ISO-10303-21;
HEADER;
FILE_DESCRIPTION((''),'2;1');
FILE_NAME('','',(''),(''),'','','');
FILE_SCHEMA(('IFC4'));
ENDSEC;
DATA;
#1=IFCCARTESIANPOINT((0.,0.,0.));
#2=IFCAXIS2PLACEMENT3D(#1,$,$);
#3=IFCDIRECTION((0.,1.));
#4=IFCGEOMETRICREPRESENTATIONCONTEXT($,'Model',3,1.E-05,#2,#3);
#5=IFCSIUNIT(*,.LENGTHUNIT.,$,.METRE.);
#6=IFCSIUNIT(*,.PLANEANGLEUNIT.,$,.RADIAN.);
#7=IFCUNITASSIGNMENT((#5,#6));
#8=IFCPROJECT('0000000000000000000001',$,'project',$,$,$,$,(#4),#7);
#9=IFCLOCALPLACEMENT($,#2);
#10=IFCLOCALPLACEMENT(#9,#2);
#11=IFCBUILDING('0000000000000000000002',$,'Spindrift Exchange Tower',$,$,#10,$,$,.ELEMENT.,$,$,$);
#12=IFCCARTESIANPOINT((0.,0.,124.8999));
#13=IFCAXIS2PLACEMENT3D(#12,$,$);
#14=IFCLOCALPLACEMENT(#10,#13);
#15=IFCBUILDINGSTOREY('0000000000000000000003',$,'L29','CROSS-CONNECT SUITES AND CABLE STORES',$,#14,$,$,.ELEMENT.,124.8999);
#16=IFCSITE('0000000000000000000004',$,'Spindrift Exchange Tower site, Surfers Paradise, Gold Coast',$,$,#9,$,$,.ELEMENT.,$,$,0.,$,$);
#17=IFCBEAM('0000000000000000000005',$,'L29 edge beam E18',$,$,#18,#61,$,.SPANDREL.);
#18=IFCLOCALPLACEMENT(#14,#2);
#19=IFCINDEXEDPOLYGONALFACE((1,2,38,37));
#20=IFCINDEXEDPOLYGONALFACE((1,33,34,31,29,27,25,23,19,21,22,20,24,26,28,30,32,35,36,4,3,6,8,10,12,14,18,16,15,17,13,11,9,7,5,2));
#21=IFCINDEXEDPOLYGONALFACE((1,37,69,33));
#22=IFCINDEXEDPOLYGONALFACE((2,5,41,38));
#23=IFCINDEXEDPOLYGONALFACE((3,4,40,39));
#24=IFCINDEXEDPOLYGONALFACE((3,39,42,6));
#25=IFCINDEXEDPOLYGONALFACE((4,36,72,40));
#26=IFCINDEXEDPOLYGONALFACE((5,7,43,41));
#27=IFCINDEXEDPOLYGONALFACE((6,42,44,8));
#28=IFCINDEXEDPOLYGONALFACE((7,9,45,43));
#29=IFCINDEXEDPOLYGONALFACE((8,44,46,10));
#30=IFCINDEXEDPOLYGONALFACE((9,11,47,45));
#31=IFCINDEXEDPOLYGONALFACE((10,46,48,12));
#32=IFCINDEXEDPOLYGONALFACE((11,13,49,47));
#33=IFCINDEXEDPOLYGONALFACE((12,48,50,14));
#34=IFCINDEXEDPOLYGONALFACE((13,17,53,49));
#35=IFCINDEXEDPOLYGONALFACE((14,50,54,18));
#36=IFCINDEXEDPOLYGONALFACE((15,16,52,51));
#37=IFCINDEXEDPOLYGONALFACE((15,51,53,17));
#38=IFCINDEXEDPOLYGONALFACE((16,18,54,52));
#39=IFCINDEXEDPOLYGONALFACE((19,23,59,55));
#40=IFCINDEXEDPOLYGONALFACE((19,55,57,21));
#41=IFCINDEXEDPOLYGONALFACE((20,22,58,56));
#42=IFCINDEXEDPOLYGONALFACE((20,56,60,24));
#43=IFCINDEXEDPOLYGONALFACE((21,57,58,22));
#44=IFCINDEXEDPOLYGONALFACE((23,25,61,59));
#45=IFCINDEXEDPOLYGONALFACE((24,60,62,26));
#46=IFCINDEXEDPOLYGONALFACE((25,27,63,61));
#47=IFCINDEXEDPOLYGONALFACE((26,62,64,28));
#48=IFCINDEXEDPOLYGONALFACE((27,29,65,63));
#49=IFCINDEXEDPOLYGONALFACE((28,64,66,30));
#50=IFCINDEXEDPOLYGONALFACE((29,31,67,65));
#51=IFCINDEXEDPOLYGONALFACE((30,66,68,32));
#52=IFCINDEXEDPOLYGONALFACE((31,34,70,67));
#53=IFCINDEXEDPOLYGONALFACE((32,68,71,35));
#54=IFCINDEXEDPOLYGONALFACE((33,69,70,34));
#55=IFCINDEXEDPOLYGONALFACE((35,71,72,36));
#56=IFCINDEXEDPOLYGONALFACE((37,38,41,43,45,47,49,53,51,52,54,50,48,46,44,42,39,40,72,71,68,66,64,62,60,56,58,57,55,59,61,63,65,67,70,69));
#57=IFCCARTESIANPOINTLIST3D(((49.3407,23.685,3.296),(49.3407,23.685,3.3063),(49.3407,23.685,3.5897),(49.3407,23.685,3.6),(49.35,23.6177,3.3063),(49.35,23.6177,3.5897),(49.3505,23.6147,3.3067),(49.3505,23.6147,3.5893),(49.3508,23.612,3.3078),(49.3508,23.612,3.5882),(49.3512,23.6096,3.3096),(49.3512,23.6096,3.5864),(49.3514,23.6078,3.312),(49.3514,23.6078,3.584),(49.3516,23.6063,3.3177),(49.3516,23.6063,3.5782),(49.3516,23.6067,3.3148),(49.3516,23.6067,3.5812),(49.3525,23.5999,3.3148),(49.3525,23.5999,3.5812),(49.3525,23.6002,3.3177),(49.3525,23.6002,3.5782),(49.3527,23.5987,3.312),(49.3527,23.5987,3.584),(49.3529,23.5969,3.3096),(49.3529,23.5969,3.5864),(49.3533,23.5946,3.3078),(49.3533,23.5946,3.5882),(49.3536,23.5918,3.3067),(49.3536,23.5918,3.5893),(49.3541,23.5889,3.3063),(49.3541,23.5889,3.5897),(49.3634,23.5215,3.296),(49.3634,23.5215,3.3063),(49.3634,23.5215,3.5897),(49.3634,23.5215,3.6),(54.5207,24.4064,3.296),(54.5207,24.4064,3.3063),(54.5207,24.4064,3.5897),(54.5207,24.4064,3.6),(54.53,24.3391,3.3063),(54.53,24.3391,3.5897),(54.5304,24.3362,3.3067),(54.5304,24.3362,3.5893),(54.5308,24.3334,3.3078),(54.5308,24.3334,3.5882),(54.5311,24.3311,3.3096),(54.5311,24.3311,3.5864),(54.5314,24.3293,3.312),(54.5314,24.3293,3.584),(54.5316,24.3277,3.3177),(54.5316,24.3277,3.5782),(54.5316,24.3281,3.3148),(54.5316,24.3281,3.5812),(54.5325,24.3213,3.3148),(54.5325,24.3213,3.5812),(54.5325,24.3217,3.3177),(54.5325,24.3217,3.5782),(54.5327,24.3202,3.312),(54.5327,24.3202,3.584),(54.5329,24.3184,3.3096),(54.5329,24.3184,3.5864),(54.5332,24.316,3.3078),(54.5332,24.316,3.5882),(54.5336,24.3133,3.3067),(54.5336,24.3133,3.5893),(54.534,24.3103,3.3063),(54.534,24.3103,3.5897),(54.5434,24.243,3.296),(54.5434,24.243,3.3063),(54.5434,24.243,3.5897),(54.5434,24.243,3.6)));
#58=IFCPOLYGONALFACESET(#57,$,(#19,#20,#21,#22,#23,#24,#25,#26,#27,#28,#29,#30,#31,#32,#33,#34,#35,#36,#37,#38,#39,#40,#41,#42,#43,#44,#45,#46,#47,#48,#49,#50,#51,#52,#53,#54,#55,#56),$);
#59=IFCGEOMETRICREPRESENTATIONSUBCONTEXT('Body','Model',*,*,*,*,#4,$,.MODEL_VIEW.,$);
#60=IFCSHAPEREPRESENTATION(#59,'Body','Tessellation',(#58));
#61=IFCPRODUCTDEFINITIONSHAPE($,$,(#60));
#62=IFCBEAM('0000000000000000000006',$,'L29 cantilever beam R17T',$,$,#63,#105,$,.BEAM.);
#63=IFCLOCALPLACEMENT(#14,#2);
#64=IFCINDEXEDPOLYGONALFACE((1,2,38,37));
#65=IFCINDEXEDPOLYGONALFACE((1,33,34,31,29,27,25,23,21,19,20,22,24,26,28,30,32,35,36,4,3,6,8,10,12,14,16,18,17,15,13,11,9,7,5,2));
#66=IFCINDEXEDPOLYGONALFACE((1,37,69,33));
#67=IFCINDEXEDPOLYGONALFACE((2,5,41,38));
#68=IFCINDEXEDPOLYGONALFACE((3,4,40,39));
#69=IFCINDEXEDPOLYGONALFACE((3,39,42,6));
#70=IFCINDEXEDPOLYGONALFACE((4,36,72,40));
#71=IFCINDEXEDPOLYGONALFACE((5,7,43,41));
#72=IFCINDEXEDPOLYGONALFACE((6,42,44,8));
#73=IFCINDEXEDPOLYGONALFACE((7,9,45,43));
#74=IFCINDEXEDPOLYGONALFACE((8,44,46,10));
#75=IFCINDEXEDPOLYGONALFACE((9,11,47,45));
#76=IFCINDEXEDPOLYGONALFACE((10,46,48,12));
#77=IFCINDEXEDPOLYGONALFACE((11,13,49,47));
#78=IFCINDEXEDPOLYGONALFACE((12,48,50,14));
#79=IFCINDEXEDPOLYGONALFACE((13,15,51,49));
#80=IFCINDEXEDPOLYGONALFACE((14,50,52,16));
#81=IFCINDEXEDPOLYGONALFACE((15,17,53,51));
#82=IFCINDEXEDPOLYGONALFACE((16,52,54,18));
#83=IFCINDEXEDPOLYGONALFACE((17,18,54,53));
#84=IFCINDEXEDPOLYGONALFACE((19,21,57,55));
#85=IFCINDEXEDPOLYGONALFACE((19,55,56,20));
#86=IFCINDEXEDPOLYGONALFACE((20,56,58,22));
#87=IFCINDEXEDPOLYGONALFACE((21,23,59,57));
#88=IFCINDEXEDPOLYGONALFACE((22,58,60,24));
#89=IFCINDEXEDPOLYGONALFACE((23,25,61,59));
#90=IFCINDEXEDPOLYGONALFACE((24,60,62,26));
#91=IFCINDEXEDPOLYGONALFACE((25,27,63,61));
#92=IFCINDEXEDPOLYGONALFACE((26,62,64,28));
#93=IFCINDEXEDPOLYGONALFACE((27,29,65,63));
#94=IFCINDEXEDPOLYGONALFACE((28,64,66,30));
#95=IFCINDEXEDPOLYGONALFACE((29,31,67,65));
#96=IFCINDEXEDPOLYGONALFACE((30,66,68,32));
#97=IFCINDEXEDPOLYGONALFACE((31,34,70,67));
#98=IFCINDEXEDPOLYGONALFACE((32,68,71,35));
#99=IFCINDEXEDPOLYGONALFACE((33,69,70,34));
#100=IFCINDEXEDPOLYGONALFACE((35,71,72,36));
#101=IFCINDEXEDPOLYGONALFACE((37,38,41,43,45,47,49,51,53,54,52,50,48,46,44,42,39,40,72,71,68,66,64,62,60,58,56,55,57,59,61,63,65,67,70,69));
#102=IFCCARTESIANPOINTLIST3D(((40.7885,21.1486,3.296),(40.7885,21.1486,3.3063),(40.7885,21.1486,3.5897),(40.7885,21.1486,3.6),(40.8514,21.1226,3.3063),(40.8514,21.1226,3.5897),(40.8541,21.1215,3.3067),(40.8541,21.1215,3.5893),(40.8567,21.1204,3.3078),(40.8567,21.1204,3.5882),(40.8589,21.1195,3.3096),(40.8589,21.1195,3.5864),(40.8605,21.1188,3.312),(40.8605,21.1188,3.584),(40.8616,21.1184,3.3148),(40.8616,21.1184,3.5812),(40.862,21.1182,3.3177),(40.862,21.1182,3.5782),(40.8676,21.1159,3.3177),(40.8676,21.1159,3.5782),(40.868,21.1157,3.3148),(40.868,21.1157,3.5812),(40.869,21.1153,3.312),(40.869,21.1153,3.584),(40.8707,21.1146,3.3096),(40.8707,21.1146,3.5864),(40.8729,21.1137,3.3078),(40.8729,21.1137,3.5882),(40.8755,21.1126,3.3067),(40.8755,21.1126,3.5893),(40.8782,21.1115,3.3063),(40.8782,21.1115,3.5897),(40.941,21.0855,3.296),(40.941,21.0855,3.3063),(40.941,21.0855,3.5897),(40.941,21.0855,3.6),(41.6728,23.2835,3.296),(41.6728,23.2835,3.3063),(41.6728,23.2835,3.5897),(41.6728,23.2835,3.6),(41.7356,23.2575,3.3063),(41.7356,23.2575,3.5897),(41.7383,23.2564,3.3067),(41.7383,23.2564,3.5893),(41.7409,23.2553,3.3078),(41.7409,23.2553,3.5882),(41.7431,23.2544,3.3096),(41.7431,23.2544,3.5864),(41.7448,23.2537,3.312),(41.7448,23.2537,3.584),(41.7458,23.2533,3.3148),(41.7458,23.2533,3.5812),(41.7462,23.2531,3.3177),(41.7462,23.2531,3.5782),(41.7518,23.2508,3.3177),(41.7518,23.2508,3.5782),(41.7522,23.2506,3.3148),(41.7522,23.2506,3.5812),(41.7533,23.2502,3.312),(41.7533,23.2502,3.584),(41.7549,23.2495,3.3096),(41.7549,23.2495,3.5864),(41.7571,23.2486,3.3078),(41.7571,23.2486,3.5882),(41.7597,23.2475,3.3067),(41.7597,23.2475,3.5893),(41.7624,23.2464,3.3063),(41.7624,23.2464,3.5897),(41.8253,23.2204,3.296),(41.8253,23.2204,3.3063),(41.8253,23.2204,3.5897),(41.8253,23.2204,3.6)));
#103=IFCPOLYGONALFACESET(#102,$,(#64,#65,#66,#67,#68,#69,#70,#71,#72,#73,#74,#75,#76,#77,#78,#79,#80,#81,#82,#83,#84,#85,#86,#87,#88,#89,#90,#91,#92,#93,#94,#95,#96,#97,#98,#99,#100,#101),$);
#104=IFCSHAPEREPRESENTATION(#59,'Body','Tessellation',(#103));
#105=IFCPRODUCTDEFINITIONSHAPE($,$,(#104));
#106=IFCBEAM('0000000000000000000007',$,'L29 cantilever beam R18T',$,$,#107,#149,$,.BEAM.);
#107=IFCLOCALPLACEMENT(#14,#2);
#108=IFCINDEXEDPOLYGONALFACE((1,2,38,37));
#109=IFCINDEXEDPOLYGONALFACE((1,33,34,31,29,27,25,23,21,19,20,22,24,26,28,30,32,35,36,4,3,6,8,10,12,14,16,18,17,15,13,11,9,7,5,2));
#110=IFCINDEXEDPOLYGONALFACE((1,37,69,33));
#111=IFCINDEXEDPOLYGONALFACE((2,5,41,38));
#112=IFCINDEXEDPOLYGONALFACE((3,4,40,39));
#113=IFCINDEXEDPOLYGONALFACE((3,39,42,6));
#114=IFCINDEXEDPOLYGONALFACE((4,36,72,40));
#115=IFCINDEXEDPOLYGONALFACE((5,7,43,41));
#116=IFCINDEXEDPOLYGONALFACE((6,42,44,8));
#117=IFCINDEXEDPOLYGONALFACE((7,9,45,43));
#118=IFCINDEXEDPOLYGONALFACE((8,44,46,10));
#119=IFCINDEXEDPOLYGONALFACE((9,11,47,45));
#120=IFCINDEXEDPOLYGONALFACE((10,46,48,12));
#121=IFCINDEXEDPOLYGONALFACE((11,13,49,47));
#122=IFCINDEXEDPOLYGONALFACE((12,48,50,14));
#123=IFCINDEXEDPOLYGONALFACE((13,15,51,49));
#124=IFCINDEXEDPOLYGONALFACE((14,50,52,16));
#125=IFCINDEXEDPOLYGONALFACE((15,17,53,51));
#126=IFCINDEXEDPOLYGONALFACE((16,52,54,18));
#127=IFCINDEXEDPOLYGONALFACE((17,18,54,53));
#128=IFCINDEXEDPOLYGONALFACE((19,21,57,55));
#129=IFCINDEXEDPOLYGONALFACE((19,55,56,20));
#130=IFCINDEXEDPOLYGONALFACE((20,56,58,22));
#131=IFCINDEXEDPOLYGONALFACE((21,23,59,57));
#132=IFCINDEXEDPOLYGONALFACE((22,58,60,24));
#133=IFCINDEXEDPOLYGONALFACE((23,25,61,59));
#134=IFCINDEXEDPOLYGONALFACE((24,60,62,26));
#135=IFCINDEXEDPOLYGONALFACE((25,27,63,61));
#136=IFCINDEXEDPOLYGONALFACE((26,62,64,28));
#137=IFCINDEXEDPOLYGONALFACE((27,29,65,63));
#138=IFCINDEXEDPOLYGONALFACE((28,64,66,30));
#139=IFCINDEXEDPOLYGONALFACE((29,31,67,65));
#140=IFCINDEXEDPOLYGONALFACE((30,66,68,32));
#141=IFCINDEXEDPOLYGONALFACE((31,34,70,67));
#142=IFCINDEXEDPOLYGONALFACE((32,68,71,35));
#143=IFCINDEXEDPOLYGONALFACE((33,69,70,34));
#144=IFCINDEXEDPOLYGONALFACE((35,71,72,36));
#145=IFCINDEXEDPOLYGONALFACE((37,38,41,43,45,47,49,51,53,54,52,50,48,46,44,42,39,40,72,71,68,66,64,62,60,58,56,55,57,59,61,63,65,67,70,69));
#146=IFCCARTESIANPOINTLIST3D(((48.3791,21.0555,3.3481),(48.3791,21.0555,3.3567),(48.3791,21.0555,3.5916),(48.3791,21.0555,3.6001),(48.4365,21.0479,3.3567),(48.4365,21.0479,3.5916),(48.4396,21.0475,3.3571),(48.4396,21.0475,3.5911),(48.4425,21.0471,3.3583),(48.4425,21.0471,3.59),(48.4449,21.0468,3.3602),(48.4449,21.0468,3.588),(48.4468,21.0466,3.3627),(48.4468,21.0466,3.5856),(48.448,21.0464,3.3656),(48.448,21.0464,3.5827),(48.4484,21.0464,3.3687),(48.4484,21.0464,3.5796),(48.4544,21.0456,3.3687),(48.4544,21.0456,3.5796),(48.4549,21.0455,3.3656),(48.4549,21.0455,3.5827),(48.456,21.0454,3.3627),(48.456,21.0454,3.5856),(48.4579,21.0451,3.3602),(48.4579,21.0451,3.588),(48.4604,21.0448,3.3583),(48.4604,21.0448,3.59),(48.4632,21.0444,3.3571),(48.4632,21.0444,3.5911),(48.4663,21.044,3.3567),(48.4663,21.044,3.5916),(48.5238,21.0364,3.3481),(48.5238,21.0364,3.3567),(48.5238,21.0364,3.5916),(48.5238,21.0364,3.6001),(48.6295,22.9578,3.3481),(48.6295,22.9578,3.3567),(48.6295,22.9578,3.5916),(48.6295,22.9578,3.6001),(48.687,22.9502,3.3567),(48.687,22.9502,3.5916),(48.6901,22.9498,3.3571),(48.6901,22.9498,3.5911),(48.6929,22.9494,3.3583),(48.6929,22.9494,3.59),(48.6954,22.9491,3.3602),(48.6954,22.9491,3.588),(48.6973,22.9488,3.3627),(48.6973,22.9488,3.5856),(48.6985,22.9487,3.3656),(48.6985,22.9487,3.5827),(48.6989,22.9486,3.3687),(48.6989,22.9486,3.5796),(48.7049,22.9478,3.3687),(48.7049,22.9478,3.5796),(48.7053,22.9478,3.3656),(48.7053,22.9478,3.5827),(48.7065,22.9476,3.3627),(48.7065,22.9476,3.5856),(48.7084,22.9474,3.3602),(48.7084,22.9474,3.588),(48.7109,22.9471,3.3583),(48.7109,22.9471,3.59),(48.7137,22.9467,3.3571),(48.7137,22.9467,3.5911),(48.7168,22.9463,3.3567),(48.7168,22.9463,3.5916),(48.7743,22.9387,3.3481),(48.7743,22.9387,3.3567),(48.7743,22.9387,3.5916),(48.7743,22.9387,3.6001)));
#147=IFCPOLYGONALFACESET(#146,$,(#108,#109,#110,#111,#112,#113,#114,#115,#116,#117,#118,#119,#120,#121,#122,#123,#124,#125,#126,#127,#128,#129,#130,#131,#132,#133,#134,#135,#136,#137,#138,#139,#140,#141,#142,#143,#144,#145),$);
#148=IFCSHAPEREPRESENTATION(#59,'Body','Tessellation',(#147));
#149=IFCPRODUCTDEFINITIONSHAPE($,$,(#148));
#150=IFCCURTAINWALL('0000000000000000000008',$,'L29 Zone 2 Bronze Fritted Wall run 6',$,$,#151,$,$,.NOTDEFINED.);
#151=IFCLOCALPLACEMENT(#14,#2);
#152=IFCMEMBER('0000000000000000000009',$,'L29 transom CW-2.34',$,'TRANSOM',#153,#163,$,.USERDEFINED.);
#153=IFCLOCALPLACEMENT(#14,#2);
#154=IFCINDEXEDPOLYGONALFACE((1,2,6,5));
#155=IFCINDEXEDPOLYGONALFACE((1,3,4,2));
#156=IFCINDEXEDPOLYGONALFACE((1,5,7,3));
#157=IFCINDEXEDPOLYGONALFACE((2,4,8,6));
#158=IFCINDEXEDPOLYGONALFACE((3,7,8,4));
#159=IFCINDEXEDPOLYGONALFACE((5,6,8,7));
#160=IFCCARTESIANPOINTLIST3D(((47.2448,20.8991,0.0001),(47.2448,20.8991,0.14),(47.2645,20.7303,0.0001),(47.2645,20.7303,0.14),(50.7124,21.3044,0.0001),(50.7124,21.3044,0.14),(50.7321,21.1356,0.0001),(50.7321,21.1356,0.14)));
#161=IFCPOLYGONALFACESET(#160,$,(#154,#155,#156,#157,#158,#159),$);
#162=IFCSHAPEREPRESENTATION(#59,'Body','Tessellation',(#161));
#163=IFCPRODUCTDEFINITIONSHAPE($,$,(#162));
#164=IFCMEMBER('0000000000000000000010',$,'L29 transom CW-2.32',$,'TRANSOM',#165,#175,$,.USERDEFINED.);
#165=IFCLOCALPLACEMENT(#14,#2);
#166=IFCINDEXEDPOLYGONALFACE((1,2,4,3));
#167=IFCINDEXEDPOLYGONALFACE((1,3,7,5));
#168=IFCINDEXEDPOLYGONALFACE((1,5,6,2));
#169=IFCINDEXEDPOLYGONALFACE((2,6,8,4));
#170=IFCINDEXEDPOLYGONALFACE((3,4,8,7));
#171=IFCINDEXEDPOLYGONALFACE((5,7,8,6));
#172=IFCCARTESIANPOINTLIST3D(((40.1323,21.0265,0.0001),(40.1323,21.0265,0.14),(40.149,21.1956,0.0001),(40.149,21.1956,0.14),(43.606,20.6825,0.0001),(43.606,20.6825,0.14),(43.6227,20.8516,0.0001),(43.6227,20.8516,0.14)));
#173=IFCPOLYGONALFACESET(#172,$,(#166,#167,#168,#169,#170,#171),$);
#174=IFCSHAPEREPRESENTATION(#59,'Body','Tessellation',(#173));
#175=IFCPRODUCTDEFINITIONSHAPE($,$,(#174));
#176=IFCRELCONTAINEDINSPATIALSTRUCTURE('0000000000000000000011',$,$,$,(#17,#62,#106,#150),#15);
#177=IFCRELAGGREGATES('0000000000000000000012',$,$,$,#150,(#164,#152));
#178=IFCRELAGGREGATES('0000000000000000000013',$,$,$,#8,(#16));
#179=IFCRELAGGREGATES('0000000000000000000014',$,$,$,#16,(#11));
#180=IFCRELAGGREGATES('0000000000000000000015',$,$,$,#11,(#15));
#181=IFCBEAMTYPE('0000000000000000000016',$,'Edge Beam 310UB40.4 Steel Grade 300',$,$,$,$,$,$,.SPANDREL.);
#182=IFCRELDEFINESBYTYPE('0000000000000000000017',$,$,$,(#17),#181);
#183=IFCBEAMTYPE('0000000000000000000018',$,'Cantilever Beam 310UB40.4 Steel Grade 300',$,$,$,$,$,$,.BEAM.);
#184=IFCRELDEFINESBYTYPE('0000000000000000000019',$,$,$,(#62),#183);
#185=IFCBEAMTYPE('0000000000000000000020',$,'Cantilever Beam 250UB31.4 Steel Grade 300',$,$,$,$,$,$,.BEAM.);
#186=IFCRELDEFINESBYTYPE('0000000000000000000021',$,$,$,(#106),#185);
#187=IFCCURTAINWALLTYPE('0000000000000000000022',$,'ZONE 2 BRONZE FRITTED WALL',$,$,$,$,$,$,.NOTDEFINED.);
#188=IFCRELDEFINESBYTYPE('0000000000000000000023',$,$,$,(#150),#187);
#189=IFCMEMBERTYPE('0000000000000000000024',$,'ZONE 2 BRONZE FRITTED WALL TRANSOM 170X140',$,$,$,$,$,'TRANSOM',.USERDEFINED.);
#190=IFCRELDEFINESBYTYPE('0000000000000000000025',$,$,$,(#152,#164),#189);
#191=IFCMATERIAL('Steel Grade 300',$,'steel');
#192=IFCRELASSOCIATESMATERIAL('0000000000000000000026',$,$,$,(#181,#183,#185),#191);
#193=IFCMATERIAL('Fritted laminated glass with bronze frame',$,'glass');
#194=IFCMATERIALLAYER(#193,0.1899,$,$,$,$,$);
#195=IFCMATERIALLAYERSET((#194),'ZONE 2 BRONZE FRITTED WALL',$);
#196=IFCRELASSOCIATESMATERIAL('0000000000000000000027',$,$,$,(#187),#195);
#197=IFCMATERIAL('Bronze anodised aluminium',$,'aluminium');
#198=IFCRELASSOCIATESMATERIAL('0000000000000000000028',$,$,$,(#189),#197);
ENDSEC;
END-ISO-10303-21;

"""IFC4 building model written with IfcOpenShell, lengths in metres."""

from ifc_helpers import new_model, si_unit, direction, frame, origin, origin_2d, place, context, subcontext, project, spatial, rectangle, i_section, extrude, source, transform, mapped, material, layer, layer_set, material_profile, profile_set, type_object, element, aggregate, save


model = new_model("IFC4")

# Units and contexts
model_context = context("Model", 3, precision=1e-05, world=origin(), true_north=direction((0.0, 1.0)))
body_context = subcontext(model_context, "Body", "Model", "MODEL_VIEW")
ifc_project = project(units=[si_unit("LENGTHUNIT", "METRE"), si_unit("PLANEANGLEUNIT", "RADIAN")], contexts=[model_context])

# Site, building, storey
site_placement = place(None, origin())
site = spatial("IfcSite", under=ifc_project, at=site_placement, Name="Spindrift Exchange Tower site, Surfers Paradise, Gold Coast", CompositionType="ELEMENT", RefElevation=0.0)
building_placement = place(site_placement, origin())
building = spatial("IfcBuilding", under=site, at=building_placement, Name="Spindrift Exchange Tower", CompositionType="ELEMENT")
storey_placement = place(building_placement, frame((0.0, 0.0, 124.8999)))
storey = spatial("IfcBuildingStorey", under=building, at=storey_placement, Name="L29", Description="CROSS-CONNECT SUITES AND CABLE STORES", CompositionType="ELEMENT", Elevation=124.8999)

# Beams
ifc_material_1 = material(Name="Steel Grade 300", Category="steel")
ifc_material_profile_1 = material_profile(ifc_material_1, i_section(OverallWidth=0.165, OverallDepth=0.304, WebThickness=0.0061, FlangeThickness=0.0103, FilletRadius=0.0115, at=origin_2d()), Name="310UB40.4")
ifc_profile_set_1 = profile_set([ifc_material_profile_1], Name="Steel Grade 300")
beam_type_1 = type_object("IfcBeamType", Name="Edge Beam 310UB40.4 Steel Grade 300", PredefinedType="SPANDREL", material=ifc_profile_set_1)
shared_shape_1 = source(origin(), body_context, "Body", "SweptSolid", [
    extrude(i_section(OverallWidth=0.165, OverallDepth=0.304, WebThickness=0.0061, FlangeThickness=0.0103, FilletRadius=0.0115, at=origin_2d()), origin(), (0.0, 0.0, 1.0), 5.23),
])
beam_1_placement = place(storey_placement, frame((49.3521, 23.6033, 3.448), z_axis=(0.99044, 0.137944, 0.0), x_axis=(-0.137944, 0.99044, 0.0)))
element("IfcBeam", 1, at=beam_1_placement, inside=storey, type_object=beam_type_1, Name="L29 edge beam E18", PredefinedType="SPANDREL", context=body_context, shape_type="MappedRepresentation", body=[
    mapped(shared_shape_1, transform((0.0, 0.0, 0.0), scale=1.0)),
])
ifc_material_profile_2 = material_profile(ifc_material_1, i_section(OverallWidth=0.165, OverallDepth=0.304, WebThickness=0.0061, FlangeThickness=0.0103, FilletRadius=0.0115, at=origin_2d()), Name="310UB40.4")
ifc_profile_set_2 = profile_set([ifc_material_profile_2], Name="Steel Grade 300")
beam_type_2 = type_object("IfcBeamType", Name="Cantilever Beam 310UB40.4 Steel Grade 300", PredefinedType="BEAM", material=ifc_profile_set_2)
shared_shape_2 = source(origin(), body_context, "Body", "SweptSolid", [
    extrude(i_section(OverallWidth=0.165, OverallDepth=0.304, WebThickness=0.0061, FlangeThickness=0.0103, FilletRadius=0.0115, at=origin_2d()), origin(), (0.0, 0.0, 1.0), 2.3108),
])
beam_2_placement = place(storey_placement, frame((41.749, 23.252, 3.448), z_axis=(-0.382657, -0.923891, 0.0), x_axis=(0.923891, -0.382657, 0.0)))
element("IfcBeam", 2, at=beam_2_placement, inside=storey, type_object=beam_type_2, Name="L29 cantilever beam R17T", PredefinedType="BEAM", context=body_context, shape_type="MappedRepresentation", body=[
    mapped(shared_shape_2, transform((0.0, 0.0, 0.0), scale=1.0)),
])
ifc_material_profile_3 = material_profile(ifc_material_1, i_section(OverallWidth=0.146, OverallDepth=0.252, WebThickness=0.0061, FlangeThickness=0.0085, FilletRadius=0.012, at=origin_2d()), Name="250UB31.4")
ifc_profile_set_3 = profile_set([ifc_material_profile_3], Name="Steel Grade 300")
beam_type_3 = type_object("IfcBeamType", Name="Cantilever Beam 250UB31.4 Steel Grade 300", PredefinedType="BEAM", material=ifc_profile_set_3)
shared_shape_3 = source(origin(), body_context, "Body", "SweptSolid", [
    extrude(i_section(OverallWidth=0.146, OverallDepth=0.252, WebThickness=0.0061, FlangeThickness=0.0085, FilletRadius=0.012, at=origin_2d()), origin(), (0.0, 0.0, 1.0), 1.9187),
])
beam_3_placement = place(storey_placement, frame((48.7019, 22.9482, 3.4741), z_axis=(-0.130547, -0.991442, 0.0), x_axis=(0.991442, -0.130547, 0.0)))
element("IfcBeam", 3, at=beam_3_placement, inside=storey, type_object=beam_type_3, Name="L29 cantilever beam R18T", PredefinedType="BEAM", context=body_context, shape_type="MappedRepresentation", body=[
    mapped(shared_shape_3, transform((0.0, 0.0, 0.0), scale=1.0)),
])

# Curtain wall, members
ifc_material_2 = material(Name="Fritted laminated glass with bronze frame", Category="glass")
ifc_layer_1 = layer(ifc_material_2, 0.1899)
ifc_layer_set_1 = layer_set([ifc_layer_1], Name="ZONE 2 BRONZE FRITTED WALL")
curtain_wall_type = type_object("IfcCurtainWallType", Name="ZONE 2 BRONZE FRITTED WALL", PredefinedType="NOTDEFINED", material=ifc_layer_set_1)
curtain_wall_placement = place(storey_placement, origin())
curtain_wall = element("IfcCurtainWall", 4, at=curtain_wall_placement, inside=storey, type_object=curtain_wall_type, Name="L29 Zone 2 Bronze Fritted Wall run 6", PredefinedType="NOTDEFINED")
ifc_material_3 = material(Name="Bronze anodised aluminium", Category="aluminium")
ifc_material_profile_4 = material_profile(ifc_material_3, rectangle(XDim=0.1699, YDim=0.1399, at=origin_2d()), Name="ZONE 2 BRONZE FRITTED WALL TRANSOM 170X140")
ifc_profile_set_4 = profile_set([ifc_material_profile_4], Name="Bronze anodised aluminium")
member_type_1 = type_object("IfcMemberType", Name="ZONE 2 BRONZE FRITTED WALL TRANSOM 170X140", ElementType="TRANSOM", PredefinedType="USERDEFINED", material=ifc_profile_set_4)
shared_shape_4 = source(origin(), body_context, "Body", "SweptSolid", [
    extrude(rectangle(XDim=0.1699, YDim=0.1399, at=origin_2d()), origin(), (0.0, 0.0, 1.0), 3.4912),
])
member_1_placement = place(storey_placement, frame((47.2546, 20.8147, 0.0701), z_axis=(0.993239, 0.116087, 0.0), x_axis=(-0.116087, 0.993239, 0.0)))
member_1 = element("IfcMember", 5, at=member_1_placement, type_object=member_type_1, Name="L29 transom CW-2.34", ObjectType="TRANSOM", PredefinedType="USERDEFINED", context=body_context, shape_type="MappedRepresentation", body=[
    mapped(shared_shape_4, transform((0.0, 0.0, 0.0), scale=1.0)),
])
shared_shape_5 = source(origin(), body_context, "Body", "SweptSolid", [
    extrude(rectangle(XDim=0.1699, YDim=0.1399, at=origin_2d()), origin(), (0.0, 0.0, 1.0), 3.4907),
])
member_2_placement = place(storey_placement, frame((40.1406, 21.1111, 0.0701), z_axis=(0.995132, -0.098548, 0.0), x_axis=(0.098548, 0.995132, 0.0)))
member_2 = element("IfcMember", 6, at=member_2_placement, type_object=member_type_1, Name="L29 transom CW-2.32", ObjectType="TRANSOM", PredefinedType="USERDEFINED", context=body_context, shape_type="MappedRepresentation", body=[
    mapped(shared_shape_5, transform((0.0, 0.0, 0.0), scale=1.0)),
])
aggregate(curtain_wall, [member_2, member_1])

save(model, "model.ifc")
